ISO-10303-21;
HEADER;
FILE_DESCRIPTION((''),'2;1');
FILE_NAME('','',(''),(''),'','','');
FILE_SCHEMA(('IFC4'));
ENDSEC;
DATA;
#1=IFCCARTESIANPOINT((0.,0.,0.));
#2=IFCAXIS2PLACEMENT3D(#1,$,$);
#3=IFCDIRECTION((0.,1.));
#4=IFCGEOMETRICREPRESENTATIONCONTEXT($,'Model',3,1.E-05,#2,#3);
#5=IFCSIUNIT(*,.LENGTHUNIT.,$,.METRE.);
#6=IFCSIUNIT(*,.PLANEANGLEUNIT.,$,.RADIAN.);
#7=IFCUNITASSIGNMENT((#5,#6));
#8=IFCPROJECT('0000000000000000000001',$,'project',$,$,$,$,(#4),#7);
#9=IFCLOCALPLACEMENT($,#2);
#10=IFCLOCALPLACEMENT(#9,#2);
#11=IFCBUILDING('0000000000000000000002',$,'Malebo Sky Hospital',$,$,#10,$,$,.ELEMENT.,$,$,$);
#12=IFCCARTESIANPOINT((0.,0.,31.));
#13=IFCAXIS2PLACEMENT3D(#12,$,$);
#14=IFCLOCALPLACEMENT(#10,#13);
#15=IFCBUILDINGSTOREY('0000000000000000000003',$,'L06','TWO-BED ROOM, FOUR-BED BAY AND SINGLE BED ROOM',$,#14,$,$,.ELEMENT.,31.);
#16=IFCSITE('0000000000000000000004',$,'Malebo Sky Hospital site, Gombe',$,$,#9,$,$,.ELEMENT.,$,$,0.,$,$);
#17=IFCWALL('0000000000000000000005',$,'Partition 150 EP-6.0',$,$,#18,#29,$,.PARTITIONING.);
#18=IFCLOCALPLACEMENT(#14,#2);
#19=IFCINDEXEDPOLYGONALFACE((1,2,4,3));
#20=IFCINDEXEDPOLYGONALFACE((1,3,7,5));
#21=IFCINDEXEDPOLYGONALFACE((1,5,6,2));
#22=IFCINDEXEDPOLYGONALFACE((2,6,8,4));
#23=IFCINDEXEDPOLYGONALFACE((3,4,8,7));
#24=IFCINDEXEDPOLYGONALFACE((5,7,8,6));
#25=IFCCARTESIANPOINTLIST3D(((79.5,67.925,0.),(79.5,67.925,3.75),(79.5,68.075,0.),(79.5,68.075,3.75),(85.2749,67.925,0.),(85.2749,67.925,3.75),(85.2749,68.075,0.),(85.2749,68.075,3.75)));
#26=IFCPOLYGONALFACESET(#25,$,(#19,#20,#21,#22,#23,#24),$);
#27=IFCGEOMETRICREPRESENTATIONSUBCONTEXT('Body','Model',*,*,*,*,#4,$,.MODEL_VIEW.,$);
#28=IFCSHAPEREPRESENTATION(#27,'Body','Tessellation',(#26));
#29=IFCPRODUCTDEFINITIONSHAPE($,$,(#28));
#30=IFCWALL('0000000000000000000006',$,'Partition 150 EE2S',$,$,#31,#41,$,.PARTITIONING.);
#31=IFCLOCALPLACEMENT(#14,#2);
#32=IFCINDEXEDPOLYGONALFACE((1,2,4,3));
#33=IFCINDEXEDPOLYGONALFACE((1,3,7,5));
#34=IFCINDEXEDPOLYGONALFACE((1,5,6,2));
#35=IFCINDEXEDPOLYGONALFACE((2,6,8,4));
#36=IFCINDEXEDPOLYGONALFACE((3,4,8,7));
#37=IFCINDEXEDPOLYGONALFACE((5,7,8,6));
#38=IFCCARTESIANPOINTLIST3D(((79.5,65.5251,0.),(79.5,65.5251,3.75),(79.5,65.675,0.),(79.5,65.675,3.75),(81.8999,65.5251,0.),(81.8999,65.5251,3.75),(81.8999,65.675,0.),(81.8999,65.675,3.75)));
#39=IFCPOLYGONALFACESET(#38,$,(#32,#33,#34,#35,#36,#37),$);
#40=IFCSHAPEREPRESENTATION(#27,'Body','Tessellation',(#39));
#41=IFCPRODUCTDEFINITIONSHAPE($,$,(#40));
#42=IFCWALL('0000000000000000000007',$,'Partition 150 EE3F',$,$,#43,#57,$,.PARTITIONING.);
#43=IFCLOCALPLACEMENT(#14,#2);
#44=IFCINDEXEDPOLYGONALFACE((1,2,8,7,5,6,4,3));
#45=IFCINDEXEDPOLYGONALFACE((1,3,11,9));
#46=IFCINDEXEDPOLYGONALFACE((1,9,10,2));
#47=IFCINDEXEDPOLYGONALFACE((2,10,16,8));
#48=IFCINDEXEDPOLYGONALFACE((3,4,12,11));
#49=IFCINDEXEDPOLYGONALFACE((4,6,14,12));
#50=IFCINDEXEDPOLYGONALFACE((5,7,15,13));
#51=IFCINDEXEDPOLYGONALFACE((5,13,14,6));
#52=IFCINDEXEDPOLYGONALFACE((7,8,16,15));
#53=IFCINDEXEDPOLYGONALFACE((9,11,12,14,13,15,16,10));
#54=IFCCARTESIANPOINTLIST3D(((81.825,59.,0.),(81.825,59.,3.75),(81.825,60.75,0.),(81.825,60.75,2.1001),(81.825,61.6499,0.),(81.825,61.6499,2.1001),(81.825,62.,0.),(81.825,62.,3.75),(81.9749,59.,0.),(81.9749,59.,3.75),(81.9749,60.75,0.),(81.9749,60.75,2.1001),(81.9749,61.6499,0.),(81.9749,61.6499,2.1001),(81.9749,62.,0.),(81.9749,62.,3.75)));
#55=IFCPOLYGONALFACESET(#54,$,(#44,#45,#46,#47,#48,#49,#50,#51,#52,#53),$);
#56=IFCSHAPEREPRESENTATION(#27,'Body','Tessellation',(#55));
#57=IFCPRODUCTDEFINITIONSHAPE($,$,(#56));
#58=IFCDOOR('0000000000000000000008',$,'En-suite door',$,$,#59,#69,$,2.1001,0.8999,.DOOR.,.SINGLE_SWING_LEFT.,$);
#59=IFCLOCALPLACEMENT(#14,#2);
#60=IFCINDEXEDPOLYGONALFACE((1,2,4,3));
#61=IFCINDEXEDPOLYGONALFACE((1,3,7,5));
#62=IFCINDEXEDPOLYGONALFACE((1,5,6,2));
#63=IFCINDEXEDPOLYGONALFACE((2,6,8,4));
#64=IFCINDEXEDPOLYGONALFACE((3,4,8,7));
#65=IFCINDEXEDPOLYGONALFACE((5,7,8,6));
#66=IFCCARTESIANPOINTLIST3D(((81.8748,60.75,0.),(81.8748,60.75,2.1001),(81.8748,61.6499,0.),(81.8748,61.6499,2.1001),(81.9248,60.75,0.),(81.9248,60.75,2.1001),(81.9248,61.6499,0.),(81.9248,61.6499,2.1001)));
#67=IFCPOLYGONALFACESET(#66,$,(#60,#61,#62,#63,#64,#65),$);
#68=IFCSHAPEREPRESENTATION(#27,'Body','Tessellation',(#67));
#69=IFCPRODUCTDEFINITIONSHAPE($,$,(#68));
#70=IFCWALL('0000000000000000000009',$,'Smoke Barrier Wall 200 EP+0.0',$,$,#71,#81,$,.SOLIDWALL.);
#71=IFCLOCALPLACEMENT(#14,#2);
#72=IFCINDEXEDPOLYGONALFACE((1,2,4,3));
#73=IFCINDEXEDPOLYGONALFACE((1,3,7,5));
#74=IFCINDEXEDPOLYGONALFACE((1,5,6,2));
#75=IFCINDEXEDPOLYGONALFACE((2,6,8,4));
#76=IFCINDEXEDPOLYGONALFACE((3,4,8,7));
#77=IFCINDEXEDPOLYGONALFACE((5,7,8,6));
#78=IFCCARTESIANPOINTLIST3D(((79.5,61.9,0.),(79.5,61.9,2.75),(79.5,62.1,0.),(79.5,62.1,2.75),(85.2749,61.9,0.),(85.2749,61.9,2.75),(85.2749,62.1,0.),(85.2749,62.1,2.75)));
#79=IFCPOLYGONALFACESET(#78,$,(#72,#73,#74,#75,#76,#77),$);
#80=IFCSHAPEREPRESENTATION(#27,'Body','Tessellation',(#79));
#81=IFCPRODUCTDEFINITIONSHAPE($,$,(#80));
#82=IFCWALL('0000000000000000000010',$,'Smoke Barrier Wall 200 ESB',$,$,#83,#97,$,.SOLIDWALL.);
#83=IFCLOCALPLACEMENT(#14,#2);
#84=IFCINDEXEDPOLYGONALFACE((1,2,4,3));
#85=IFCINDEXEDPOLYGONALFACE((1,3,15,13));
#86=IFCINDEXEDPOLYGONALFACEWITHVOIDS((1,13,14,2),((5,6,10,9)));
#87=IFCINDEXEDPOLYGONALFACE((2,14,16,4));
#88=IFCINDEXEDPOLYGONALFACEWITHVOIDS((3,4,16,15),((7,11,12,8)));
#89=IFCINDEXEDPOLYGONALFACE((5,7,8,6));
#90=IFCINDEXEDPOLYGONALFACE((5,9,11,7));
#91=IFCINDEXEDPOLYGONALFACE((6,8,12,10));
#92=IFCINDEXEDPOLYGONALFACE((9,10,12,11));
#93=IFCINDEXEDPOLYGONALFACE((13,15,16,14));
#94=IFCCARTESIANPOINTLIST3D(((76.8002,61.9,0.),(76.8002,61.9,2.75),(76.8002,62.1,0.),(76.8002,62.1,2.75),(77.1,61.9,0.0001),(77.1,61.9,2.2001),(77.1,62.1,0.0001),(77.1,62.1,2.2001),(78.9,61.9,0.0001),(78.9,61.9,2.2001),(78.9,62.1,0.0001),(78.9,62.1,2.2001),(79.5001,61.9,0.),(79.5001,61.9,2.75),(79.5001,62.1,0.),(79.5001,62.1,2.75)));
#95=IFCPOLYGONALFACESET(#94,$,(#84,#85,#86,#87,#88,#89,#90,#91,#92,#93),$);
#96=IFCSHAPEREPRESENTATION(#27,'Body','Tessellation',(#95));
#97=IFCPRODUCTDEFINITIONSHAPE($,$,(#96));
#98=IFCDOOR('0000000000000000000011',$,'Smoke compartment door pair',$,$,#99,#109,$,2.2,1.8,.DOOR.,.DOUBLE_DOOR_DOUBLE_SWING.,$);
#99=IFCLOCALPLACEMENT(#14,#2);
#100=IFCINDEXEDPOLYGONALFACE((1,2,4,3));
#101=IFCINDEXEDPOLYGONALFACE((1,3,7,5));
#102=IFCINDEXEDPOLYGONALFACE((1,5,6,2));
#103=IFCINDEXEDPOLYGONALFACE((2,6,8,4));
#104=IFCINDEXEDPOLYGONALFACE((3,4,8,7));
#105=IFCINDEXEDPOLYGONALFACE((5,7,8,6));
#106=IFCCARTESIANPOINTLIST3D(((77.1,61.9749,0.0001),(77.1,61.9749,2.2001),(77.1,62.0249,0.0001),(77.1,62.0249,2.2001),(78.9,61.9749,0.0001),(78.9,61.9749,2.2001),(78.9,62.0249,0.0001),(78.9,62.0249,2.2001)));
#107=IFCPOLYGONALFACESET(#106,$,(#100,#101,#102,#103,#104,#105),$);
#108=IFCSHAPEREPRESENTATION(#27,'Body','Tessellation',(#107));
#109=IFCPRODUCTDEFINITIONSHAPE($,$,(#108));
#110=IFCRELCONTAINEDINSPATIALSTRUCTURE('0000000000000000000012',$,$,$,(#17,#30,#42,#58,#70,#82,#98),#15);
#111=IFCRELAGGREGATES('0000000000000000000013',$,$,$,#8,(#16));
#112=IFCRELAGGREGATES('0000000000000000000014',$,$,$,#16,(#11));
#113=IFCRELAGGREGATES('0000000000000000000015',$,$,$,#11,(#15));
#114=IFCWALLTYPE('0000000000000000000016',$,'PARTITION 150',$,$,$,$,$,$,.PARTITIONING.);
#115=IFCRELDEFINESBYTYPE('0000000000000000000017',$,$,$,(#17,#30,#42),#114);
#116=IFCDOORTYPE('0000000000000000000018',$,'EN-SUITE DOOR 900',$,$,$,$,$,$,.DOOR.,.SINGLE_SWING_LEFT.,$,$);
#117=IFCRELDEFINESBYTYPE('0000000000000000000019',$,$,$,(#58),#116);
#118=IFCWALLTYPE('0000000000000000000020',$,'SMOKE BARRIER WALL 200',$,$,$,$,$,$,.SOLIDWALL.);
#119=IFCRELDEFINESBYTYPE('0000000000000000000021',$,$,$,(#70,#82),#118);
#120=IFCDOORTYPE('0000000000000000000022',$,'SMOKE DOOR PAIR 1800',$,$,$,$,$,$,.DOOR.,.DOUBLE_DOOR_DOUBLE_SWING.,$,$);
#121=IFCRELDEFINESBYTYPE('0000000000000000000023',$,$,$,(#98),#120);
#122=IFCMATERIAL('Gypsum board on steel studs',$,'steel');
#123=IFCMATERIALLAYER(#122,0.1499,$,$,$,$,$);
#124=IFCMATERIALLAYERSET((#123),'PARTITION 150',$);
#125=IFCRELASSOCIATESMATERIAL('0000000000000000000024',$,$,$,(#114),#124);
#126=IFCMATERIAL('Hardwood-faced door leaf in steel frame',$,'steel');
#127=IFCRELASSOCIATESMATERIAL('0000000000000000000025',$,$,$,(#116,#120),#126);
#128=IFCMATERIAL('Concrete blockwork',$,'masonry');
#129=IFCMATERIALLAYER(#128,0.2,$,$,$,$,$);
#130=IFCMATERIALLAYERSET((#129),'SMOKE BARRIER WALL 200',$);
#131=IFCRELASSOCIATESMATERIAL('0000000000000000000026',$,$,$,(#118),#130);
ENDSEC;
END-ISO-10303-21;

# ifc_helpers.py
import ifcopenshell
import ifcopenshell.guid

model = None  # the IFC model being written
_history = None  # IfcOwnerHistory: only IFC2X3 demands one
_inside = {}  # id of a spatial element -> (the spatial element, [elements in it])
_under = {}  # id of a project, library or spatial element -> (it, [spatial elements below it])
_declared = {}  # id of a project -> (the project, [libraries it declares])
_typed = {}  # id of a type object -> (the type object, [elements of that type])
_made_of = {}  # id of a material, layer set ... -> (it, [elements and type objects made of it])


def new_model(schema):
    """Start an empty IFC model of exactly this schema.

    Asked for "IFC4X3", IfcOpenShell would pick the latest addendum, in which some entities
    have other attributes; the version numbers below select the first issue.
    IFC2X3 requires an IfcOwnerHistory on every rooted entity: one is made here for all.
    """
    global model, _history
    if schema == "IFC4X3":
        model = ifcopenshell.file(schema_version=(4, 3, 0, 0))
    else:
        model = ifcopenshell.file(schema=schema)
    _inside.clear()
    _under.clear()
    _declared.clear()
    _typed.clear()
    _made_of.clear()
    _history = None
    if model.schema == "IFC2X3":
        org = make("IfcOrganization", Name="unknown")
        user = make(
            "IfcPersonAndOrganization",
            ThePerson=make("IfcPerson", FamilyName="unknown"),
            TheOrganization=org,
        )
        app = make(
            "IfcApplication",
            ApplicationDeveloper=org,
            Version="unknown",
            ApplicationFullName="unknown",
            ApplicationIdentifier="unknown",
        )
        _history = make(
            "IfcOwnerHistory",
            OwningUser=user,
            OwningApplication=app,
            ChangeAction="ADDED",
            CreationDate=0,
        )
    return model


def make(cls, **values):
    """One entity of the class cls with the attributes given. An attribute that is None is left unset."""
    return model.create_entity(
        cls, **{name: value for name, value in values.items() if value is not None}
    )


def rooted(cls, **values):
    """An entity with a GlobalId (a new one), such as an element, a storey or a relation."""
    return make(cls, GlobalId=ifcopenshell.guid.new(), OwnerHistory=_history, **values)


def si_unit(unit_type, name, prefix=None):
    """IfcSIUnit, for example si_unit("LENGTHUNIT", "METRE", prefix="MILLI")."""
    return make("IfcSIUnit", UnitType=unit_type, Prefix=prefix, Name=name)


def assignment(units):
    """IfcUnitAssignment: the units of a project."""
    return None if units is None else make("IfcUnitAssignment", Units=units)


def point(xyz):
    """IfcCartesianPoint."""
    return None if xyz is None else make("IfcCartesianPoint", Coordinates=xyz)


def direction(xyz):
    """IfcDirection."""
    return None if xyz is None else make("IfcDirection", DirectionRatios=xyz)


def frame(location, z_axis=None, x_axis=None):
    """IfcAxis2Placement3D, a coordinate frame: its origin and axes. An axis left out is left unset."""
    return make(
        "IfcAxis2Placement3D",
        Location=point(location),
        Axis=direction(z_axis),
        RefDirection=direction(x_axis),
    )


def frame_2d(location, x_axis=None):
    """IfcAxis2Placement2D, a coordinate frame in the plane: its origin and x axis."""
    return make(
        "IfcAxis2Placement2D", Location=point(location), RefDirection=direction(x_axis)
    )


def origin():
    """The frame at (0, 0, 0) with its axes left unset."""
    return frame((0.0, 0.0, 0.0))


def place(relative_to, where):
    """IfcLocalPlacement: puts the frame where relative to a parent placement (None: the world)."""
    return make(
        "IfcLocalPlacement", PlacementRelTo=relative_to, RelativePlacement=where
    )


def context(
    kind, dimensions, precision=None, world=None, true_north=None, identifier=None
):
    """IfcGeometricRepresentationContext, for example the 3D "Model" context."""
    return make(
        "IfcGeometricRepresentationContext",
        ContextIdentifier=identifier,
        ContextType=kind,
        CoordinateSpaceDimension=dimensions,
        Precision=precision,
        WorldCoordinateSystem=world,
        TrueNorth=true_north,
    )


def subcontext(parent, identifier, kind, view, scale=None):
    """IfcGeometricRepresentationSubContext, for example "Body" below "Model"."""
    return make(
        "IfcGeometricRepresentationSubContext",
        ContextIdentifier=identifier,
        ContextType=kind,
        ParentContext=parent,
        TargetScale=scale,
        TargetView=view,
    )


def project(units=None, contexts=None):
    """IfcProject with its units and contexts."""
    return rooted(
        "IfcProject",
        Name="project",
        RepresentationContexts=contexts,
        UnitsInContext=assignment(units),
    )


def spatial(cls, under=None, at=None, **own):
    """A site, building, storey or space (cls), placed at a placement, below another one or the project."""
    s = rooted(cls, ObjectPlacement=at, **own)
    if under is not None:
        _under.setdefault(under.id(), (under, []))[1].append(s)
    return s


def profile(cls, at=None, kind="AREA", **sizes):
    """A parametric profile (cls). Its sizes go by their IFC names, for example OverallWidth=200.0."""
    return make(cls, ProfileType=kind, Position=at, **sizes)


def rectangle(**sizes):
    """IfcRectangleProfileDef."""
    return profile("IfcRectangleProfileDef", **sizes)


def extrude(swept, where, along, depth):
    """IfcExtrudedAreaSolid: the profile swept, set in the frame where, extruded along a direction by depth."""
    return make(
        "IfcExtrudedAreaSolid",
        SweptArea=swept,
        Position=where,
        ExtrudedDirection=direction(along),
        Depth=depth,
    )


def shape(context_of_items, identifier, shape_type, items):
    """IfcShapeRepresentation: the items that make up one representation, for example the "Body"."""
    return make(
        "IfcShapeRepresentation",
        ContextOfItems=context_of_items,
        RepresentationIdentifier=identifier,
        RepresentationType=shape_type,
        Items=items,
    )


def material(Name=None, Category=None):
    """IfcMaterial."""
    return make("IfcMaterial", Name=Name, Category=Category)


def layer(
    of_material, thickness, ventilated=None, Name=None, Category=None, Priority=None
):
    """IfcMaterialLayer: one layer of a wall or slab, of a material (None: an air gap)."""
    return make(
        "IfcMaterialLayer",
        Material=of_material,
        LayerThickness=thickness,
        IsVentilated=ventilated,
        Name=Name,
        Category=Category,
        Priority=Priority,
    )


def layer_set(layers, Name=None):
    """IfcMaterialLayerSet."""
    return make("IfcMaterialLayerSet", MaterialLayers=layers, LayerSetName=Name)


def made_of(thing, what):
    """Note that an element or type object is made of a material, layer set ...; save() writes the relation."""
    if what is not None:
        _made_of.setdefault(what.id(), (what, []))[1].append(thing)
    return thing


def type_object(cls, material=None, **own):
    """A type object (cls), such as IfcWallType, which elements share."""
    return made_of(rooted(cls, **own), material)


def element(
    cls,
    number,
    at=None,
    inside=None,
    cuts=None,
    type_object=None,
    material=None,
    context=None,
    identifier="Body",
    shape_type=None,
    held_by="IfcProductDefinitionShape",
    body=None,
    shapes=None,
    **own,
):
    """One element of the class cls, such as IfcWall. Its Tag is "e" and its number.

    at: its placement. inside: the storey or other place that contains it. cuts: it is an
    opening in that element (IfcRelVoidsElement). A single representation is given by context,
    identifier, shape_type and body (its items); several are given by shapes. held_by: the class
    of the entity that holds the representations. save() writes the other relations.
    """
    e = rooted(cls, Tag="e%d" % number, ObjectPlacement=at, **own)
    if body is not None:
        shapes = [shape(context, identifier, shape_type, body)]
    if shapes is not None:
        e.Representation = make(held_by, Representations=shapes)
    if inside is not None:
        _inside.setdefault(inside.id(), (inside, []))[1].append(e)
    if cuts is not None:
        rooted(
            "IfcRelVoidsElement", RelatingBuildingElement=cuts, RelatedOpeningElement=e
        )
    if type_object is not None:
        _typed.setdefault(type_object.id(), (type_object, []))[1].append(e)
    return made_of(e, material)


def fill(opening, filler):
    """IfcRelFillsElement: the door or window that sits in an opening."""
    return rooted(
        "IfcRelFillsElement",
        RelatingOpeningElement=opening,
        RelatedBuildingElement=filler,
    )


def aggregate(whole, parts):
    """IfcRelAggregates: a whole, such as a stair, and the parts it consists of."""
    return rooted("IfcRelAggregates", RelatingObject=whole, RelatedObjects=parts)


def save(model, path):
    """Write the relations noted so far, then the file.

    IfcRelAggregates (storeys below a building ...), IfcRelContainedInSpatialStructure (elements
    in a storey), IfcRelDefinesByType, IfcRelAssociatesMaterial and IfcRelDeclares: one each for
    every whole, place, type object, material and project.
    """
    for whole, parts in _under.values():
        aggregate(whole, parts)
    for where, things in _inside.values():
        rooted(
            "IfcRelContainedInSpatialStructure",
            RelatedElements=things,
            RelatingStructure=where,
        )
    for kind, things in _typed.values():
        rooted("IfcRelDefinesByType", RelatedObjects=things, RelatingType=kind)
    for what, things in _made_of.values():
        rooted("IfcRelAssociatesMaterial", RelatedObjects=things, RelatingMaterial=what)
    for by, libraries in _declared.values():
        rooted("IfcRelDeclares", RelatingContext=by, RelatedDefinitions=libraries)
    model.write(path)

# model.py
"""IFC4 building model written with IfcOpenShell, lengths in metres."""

from ifc_helpers import new_model, si_unit, direction, frame, frame_2d, origin, place, context, subcontext, project, spatial, rectangle, extrude, material, layer, layer_set, type_object, element, fill, save


model = new_model("IFC4")

# Units and contexts
model_context = context("Model", 3, precision=1e-05, world=origin(), true_north=direction((0.0, 1.0)))
body_context = subcontext(model_context, "Body", "Model", "MODEL_VIEW")
ifc_project = project(units=[si_unit("LENGTHUNIT", "METRE"), si_unit("PLANEANGLEUNIT", "RADIAN")], contexts=[model_context])

# Site, building, storey
site_placement = place(None, origin())
site = spatial("IfcSite", under=ifc_project, at=site_placement, Name="Malebo Sky Hospital site, Gombe", CompositionType="ELEMENT", RefElevation=0.0)
building_placement = place(site_placement, origin())
building = spatial("IfcBuilding", under=site, at=building_placement, Name="Malebo Sky Hospital", CompositionType="ELEMENT")
storey_placement = place(building_placement, frame((0.0, 0.0, 31.0)))
storey = spatial("IfcBuildingStorey", under=building, at=storey_placement, Name="L06", Description="TWO-BED ROOM, FOUR-BED BAY AND SINGLE BED ROOM", CompositionType="ELEMENT", Elevation=31.0)

# Shared definitions
ifc_material_1 = material(Name="Gypsum board on steel studs", Category="steel")
ifc_material_2 = material(Name="Hardwood-faced door leaf in steel frame", Category="steel")

# Walls
ifc_layer_1 = layer(ifc_material_1, 0.1499)
ifc_layer_set_1 = layer_set([ifc_layer_1], Name="PARTITION 150")
wall_type_1 = type_object("IfcWallType", Name="PARTITION 150", PredefinedType="PARTITIONING", material=ifc_layer_set_1)
wall_1_placement = place(storey_placement, frame((79.5, 68.0, 0.0), z_axis=(0.0, 0.0, 1.0), x_axis=(1.0, 0.0, 0.0)))
element("IfcWall", 1, at=wall_1_placement, inside=storey, type_object=wall_type_1, Name="Partition 150 EP-6.0", PredefinedType="PARTITIONING", context=body_context, shape_type="SweptSolid", body=[
    extrude(rectangle(XDim=5.7749, YDim=0.1499, at=frame_2d((2.8875, 0.0))), origin(), (0.0, 0.0, 1.0), 3.75),
])
wall_2_placement = place(storey_placement, frame((79.5, 65.6001, 0.0), z_axis=(0.0, 0.0, 1.0), x_axis=(1.0, 0.0, 0.0)))
element("IfcWall", 2, at=wall_2_placement, inside=storey, type_object=wall_type_1, Name="Partition 150 EE2S", PredefinedType="PARTITIONING", context=body_context, shape_type="SweptSolid", body=[
    extrude(rectangle(XDim=2.3999, YDim=0.1499, at=frame_2d((1.2, 0.0))), origin(), (0.0, 0.0, 1.0), 3.75),
])

# Wall, opening, door
wall_3_placement = place(storey_placement, frame((81.8999, 62.0, 0.0), z_axis=(0.0, 0.0, 1.0), x_axis=(0.0, -1.0, 0.0)))
wall_3 = element("IfcWall", 3, at=wall_3_placement, inside=storey, type_object=wall_type_1, Name="Partition 150 EE3F", PredefinedType="PARTITIONING", context=body_context, shape_type="SweptSolid", body=[
    extrude(rectangle(XDim=3.0, YDim=0.1499, at=frame_2d((1.5, 0.0))), origin(), (0.0, 0.0, 1.0), 3.75),
])
opening_1_placement = place(wall_3_placement, frame((0.3501, 0.0, 0.0)))
opening_1 = element("IfcOpeningElement", 4, at=opening_1_placement, cuts=wall_3, PredefinedType="OPENING", context=body_context, shape_type="SweptSolid", body=[
    extrude(rectangle(XDim=0.8999, YDim=2.1001, at=frame_2d((0.45, 1.05))), frame((0.0, 0.085, 0.0), z_axis=(0.0, -1.0, 0.0), x_axis=(1.0, 0.0, 0.0)), (0.0, 0.0, 1.0), 0.1699),
])
door_type_1 = type_object("IfcDoorType", Name="EN-SUITE DOOR 900", OperationType="SINGLE_SWING_LEFT", PredefinedType="DOOR", material=ifc_material_2)
door_1_placement = place(opening_1_placement, origin())
door_1 = element("IfcDoor", 5, at=door_1_placement, inside=storey, type_object=door_type_1, Name="En-suite door", OperationType="SINGLE_SWING_LEFT", OverallHeight=2.1001, OverallWidth=0.8999, PredefinedType="DOOR", context=body_context, shape_type="SweptSolid", body=[
    extrude(rectangle(XDim=0.8999, YDim=2.1001, at=frame_2d((0.45, 1.05))), frame((0.0, 0.0249, 0.0), z_axis=(0.0, -1.0, 0.0), x_axis=(1.0, 0.0, 0.0)), (0.0, 0.0, 1.0), 0.05),
])
fill(opening_1, door_1)

# Wall
ifc_material_3 = material(Name="Concrete blockwork", Category="masonry")
ifc_layer_2 = layer(ifc_material_3, 0.2)
ifc_layer_set_2 = layer_set([ifc_layer_2], Name="SMOKE BARRIER WALL 200")
wall_type_2 = type_object("IfcWallType", Name="SMOKE BARRIER WALL 200", PredefinedType="SOLIDWALL", material=ifc_layer_set_2)
wall_4_placement = place(storey_placement, frame((79.5, 62.0, 0.0), z_axis=(0.0, 0.0, 1.0), x_axis=(1.0, 0.0, 0.0)))
element("IfcWall", 6, at=wall_4_placement, inside=storey, type_object=wall_type_2, Name="Smoke Barrier Wall 200 EP+0.0", PredefinedType="SOLIDWALL", context=body_context, shape_type="SweptSolid", body=[
    extrude(rectangle(XDim=5.7749, YDim=0.2, at=frame_2d((2.8875, 0.0))), origin(), (0.0, 0.0, 1.0), 2.75),
])

# Wall, opening, door
wall_5_placement = place(storey_placement, frame((76.8, 62.0, 0.0), z_axis=(0.0, 0.0, 1.0), x_axis=(1.0, 0.0, 0.0)))
wall_5 = element("IfcWall", 7, at=wall_5_placement, inside=storey, type_object=wall_type_2, Name="Smoke Barrier Wall 200 ESB", PredefinedType="SOLIDWALL", context=body_context, shape_type="SweptSolid", body=[
    extrude(rectangle(XDim=2.7, YDim=0.2, at=frame_2d((1.3501, 0.0))), origin(), (0.0, 0.0, 1.0), 2.75),
])
opening_2_placement = place(wall_5_placement, frame((0.3, 0.0, 0.0)))
opening_2 = element("IfcOpeningElement", 8, at=opening_2_placement, cuts=wall_5, PredefinedType="OPENING", context=body_context, shape_type="SweptSolid", body=[
    extrude(rectangle(XDim=1.8, YDim=2.2, at=frame_2d((0.8999, 1.1001))), frame((0.0, 0.1099, 0.0), z_axis=(0.0, -1.0, 0.0), x_axis=(1.0, 0.0, 0.0)), (0.0, 0.0, 1.0), 0.22),
])
door_type_2 = type_object("IfcDoorType", Name="SMOKE DOOR PAIR 1800", OperationType="DOUBLE_DOOR_DOUBLE_SWING", PredefinedType="DOOR", material=ifc_material_2)
door_2_placement = place(opening_2_placement, origin())
door_2 = element("IfcDoor", 9, at=door_2_placement, inside=storey, type_object=door_type_2, Name="Smoke compartment door pair", OperationType="DOUBLE_DOOR_DOUBLE_SWING", OverallHeight=2.2, OverallWidth=1.8, PredefinedType="DOOR", context=body_context, shape_type="SweptSolid", body=[
    extrude(rectangle(XDim=1.8, YDim=2.2, at=frame_2d((0.8999, 1.1001))), frame((0.0, 0.0249, 0.0), z_axis=(0.0, -1.0, 0.0), x_axis=(1.0, 0.0, 0.0)), (0.0, 0.0, 1.0), 0.05),
])
fill(opening_2, door_2)

save(model, "model.ifc")
